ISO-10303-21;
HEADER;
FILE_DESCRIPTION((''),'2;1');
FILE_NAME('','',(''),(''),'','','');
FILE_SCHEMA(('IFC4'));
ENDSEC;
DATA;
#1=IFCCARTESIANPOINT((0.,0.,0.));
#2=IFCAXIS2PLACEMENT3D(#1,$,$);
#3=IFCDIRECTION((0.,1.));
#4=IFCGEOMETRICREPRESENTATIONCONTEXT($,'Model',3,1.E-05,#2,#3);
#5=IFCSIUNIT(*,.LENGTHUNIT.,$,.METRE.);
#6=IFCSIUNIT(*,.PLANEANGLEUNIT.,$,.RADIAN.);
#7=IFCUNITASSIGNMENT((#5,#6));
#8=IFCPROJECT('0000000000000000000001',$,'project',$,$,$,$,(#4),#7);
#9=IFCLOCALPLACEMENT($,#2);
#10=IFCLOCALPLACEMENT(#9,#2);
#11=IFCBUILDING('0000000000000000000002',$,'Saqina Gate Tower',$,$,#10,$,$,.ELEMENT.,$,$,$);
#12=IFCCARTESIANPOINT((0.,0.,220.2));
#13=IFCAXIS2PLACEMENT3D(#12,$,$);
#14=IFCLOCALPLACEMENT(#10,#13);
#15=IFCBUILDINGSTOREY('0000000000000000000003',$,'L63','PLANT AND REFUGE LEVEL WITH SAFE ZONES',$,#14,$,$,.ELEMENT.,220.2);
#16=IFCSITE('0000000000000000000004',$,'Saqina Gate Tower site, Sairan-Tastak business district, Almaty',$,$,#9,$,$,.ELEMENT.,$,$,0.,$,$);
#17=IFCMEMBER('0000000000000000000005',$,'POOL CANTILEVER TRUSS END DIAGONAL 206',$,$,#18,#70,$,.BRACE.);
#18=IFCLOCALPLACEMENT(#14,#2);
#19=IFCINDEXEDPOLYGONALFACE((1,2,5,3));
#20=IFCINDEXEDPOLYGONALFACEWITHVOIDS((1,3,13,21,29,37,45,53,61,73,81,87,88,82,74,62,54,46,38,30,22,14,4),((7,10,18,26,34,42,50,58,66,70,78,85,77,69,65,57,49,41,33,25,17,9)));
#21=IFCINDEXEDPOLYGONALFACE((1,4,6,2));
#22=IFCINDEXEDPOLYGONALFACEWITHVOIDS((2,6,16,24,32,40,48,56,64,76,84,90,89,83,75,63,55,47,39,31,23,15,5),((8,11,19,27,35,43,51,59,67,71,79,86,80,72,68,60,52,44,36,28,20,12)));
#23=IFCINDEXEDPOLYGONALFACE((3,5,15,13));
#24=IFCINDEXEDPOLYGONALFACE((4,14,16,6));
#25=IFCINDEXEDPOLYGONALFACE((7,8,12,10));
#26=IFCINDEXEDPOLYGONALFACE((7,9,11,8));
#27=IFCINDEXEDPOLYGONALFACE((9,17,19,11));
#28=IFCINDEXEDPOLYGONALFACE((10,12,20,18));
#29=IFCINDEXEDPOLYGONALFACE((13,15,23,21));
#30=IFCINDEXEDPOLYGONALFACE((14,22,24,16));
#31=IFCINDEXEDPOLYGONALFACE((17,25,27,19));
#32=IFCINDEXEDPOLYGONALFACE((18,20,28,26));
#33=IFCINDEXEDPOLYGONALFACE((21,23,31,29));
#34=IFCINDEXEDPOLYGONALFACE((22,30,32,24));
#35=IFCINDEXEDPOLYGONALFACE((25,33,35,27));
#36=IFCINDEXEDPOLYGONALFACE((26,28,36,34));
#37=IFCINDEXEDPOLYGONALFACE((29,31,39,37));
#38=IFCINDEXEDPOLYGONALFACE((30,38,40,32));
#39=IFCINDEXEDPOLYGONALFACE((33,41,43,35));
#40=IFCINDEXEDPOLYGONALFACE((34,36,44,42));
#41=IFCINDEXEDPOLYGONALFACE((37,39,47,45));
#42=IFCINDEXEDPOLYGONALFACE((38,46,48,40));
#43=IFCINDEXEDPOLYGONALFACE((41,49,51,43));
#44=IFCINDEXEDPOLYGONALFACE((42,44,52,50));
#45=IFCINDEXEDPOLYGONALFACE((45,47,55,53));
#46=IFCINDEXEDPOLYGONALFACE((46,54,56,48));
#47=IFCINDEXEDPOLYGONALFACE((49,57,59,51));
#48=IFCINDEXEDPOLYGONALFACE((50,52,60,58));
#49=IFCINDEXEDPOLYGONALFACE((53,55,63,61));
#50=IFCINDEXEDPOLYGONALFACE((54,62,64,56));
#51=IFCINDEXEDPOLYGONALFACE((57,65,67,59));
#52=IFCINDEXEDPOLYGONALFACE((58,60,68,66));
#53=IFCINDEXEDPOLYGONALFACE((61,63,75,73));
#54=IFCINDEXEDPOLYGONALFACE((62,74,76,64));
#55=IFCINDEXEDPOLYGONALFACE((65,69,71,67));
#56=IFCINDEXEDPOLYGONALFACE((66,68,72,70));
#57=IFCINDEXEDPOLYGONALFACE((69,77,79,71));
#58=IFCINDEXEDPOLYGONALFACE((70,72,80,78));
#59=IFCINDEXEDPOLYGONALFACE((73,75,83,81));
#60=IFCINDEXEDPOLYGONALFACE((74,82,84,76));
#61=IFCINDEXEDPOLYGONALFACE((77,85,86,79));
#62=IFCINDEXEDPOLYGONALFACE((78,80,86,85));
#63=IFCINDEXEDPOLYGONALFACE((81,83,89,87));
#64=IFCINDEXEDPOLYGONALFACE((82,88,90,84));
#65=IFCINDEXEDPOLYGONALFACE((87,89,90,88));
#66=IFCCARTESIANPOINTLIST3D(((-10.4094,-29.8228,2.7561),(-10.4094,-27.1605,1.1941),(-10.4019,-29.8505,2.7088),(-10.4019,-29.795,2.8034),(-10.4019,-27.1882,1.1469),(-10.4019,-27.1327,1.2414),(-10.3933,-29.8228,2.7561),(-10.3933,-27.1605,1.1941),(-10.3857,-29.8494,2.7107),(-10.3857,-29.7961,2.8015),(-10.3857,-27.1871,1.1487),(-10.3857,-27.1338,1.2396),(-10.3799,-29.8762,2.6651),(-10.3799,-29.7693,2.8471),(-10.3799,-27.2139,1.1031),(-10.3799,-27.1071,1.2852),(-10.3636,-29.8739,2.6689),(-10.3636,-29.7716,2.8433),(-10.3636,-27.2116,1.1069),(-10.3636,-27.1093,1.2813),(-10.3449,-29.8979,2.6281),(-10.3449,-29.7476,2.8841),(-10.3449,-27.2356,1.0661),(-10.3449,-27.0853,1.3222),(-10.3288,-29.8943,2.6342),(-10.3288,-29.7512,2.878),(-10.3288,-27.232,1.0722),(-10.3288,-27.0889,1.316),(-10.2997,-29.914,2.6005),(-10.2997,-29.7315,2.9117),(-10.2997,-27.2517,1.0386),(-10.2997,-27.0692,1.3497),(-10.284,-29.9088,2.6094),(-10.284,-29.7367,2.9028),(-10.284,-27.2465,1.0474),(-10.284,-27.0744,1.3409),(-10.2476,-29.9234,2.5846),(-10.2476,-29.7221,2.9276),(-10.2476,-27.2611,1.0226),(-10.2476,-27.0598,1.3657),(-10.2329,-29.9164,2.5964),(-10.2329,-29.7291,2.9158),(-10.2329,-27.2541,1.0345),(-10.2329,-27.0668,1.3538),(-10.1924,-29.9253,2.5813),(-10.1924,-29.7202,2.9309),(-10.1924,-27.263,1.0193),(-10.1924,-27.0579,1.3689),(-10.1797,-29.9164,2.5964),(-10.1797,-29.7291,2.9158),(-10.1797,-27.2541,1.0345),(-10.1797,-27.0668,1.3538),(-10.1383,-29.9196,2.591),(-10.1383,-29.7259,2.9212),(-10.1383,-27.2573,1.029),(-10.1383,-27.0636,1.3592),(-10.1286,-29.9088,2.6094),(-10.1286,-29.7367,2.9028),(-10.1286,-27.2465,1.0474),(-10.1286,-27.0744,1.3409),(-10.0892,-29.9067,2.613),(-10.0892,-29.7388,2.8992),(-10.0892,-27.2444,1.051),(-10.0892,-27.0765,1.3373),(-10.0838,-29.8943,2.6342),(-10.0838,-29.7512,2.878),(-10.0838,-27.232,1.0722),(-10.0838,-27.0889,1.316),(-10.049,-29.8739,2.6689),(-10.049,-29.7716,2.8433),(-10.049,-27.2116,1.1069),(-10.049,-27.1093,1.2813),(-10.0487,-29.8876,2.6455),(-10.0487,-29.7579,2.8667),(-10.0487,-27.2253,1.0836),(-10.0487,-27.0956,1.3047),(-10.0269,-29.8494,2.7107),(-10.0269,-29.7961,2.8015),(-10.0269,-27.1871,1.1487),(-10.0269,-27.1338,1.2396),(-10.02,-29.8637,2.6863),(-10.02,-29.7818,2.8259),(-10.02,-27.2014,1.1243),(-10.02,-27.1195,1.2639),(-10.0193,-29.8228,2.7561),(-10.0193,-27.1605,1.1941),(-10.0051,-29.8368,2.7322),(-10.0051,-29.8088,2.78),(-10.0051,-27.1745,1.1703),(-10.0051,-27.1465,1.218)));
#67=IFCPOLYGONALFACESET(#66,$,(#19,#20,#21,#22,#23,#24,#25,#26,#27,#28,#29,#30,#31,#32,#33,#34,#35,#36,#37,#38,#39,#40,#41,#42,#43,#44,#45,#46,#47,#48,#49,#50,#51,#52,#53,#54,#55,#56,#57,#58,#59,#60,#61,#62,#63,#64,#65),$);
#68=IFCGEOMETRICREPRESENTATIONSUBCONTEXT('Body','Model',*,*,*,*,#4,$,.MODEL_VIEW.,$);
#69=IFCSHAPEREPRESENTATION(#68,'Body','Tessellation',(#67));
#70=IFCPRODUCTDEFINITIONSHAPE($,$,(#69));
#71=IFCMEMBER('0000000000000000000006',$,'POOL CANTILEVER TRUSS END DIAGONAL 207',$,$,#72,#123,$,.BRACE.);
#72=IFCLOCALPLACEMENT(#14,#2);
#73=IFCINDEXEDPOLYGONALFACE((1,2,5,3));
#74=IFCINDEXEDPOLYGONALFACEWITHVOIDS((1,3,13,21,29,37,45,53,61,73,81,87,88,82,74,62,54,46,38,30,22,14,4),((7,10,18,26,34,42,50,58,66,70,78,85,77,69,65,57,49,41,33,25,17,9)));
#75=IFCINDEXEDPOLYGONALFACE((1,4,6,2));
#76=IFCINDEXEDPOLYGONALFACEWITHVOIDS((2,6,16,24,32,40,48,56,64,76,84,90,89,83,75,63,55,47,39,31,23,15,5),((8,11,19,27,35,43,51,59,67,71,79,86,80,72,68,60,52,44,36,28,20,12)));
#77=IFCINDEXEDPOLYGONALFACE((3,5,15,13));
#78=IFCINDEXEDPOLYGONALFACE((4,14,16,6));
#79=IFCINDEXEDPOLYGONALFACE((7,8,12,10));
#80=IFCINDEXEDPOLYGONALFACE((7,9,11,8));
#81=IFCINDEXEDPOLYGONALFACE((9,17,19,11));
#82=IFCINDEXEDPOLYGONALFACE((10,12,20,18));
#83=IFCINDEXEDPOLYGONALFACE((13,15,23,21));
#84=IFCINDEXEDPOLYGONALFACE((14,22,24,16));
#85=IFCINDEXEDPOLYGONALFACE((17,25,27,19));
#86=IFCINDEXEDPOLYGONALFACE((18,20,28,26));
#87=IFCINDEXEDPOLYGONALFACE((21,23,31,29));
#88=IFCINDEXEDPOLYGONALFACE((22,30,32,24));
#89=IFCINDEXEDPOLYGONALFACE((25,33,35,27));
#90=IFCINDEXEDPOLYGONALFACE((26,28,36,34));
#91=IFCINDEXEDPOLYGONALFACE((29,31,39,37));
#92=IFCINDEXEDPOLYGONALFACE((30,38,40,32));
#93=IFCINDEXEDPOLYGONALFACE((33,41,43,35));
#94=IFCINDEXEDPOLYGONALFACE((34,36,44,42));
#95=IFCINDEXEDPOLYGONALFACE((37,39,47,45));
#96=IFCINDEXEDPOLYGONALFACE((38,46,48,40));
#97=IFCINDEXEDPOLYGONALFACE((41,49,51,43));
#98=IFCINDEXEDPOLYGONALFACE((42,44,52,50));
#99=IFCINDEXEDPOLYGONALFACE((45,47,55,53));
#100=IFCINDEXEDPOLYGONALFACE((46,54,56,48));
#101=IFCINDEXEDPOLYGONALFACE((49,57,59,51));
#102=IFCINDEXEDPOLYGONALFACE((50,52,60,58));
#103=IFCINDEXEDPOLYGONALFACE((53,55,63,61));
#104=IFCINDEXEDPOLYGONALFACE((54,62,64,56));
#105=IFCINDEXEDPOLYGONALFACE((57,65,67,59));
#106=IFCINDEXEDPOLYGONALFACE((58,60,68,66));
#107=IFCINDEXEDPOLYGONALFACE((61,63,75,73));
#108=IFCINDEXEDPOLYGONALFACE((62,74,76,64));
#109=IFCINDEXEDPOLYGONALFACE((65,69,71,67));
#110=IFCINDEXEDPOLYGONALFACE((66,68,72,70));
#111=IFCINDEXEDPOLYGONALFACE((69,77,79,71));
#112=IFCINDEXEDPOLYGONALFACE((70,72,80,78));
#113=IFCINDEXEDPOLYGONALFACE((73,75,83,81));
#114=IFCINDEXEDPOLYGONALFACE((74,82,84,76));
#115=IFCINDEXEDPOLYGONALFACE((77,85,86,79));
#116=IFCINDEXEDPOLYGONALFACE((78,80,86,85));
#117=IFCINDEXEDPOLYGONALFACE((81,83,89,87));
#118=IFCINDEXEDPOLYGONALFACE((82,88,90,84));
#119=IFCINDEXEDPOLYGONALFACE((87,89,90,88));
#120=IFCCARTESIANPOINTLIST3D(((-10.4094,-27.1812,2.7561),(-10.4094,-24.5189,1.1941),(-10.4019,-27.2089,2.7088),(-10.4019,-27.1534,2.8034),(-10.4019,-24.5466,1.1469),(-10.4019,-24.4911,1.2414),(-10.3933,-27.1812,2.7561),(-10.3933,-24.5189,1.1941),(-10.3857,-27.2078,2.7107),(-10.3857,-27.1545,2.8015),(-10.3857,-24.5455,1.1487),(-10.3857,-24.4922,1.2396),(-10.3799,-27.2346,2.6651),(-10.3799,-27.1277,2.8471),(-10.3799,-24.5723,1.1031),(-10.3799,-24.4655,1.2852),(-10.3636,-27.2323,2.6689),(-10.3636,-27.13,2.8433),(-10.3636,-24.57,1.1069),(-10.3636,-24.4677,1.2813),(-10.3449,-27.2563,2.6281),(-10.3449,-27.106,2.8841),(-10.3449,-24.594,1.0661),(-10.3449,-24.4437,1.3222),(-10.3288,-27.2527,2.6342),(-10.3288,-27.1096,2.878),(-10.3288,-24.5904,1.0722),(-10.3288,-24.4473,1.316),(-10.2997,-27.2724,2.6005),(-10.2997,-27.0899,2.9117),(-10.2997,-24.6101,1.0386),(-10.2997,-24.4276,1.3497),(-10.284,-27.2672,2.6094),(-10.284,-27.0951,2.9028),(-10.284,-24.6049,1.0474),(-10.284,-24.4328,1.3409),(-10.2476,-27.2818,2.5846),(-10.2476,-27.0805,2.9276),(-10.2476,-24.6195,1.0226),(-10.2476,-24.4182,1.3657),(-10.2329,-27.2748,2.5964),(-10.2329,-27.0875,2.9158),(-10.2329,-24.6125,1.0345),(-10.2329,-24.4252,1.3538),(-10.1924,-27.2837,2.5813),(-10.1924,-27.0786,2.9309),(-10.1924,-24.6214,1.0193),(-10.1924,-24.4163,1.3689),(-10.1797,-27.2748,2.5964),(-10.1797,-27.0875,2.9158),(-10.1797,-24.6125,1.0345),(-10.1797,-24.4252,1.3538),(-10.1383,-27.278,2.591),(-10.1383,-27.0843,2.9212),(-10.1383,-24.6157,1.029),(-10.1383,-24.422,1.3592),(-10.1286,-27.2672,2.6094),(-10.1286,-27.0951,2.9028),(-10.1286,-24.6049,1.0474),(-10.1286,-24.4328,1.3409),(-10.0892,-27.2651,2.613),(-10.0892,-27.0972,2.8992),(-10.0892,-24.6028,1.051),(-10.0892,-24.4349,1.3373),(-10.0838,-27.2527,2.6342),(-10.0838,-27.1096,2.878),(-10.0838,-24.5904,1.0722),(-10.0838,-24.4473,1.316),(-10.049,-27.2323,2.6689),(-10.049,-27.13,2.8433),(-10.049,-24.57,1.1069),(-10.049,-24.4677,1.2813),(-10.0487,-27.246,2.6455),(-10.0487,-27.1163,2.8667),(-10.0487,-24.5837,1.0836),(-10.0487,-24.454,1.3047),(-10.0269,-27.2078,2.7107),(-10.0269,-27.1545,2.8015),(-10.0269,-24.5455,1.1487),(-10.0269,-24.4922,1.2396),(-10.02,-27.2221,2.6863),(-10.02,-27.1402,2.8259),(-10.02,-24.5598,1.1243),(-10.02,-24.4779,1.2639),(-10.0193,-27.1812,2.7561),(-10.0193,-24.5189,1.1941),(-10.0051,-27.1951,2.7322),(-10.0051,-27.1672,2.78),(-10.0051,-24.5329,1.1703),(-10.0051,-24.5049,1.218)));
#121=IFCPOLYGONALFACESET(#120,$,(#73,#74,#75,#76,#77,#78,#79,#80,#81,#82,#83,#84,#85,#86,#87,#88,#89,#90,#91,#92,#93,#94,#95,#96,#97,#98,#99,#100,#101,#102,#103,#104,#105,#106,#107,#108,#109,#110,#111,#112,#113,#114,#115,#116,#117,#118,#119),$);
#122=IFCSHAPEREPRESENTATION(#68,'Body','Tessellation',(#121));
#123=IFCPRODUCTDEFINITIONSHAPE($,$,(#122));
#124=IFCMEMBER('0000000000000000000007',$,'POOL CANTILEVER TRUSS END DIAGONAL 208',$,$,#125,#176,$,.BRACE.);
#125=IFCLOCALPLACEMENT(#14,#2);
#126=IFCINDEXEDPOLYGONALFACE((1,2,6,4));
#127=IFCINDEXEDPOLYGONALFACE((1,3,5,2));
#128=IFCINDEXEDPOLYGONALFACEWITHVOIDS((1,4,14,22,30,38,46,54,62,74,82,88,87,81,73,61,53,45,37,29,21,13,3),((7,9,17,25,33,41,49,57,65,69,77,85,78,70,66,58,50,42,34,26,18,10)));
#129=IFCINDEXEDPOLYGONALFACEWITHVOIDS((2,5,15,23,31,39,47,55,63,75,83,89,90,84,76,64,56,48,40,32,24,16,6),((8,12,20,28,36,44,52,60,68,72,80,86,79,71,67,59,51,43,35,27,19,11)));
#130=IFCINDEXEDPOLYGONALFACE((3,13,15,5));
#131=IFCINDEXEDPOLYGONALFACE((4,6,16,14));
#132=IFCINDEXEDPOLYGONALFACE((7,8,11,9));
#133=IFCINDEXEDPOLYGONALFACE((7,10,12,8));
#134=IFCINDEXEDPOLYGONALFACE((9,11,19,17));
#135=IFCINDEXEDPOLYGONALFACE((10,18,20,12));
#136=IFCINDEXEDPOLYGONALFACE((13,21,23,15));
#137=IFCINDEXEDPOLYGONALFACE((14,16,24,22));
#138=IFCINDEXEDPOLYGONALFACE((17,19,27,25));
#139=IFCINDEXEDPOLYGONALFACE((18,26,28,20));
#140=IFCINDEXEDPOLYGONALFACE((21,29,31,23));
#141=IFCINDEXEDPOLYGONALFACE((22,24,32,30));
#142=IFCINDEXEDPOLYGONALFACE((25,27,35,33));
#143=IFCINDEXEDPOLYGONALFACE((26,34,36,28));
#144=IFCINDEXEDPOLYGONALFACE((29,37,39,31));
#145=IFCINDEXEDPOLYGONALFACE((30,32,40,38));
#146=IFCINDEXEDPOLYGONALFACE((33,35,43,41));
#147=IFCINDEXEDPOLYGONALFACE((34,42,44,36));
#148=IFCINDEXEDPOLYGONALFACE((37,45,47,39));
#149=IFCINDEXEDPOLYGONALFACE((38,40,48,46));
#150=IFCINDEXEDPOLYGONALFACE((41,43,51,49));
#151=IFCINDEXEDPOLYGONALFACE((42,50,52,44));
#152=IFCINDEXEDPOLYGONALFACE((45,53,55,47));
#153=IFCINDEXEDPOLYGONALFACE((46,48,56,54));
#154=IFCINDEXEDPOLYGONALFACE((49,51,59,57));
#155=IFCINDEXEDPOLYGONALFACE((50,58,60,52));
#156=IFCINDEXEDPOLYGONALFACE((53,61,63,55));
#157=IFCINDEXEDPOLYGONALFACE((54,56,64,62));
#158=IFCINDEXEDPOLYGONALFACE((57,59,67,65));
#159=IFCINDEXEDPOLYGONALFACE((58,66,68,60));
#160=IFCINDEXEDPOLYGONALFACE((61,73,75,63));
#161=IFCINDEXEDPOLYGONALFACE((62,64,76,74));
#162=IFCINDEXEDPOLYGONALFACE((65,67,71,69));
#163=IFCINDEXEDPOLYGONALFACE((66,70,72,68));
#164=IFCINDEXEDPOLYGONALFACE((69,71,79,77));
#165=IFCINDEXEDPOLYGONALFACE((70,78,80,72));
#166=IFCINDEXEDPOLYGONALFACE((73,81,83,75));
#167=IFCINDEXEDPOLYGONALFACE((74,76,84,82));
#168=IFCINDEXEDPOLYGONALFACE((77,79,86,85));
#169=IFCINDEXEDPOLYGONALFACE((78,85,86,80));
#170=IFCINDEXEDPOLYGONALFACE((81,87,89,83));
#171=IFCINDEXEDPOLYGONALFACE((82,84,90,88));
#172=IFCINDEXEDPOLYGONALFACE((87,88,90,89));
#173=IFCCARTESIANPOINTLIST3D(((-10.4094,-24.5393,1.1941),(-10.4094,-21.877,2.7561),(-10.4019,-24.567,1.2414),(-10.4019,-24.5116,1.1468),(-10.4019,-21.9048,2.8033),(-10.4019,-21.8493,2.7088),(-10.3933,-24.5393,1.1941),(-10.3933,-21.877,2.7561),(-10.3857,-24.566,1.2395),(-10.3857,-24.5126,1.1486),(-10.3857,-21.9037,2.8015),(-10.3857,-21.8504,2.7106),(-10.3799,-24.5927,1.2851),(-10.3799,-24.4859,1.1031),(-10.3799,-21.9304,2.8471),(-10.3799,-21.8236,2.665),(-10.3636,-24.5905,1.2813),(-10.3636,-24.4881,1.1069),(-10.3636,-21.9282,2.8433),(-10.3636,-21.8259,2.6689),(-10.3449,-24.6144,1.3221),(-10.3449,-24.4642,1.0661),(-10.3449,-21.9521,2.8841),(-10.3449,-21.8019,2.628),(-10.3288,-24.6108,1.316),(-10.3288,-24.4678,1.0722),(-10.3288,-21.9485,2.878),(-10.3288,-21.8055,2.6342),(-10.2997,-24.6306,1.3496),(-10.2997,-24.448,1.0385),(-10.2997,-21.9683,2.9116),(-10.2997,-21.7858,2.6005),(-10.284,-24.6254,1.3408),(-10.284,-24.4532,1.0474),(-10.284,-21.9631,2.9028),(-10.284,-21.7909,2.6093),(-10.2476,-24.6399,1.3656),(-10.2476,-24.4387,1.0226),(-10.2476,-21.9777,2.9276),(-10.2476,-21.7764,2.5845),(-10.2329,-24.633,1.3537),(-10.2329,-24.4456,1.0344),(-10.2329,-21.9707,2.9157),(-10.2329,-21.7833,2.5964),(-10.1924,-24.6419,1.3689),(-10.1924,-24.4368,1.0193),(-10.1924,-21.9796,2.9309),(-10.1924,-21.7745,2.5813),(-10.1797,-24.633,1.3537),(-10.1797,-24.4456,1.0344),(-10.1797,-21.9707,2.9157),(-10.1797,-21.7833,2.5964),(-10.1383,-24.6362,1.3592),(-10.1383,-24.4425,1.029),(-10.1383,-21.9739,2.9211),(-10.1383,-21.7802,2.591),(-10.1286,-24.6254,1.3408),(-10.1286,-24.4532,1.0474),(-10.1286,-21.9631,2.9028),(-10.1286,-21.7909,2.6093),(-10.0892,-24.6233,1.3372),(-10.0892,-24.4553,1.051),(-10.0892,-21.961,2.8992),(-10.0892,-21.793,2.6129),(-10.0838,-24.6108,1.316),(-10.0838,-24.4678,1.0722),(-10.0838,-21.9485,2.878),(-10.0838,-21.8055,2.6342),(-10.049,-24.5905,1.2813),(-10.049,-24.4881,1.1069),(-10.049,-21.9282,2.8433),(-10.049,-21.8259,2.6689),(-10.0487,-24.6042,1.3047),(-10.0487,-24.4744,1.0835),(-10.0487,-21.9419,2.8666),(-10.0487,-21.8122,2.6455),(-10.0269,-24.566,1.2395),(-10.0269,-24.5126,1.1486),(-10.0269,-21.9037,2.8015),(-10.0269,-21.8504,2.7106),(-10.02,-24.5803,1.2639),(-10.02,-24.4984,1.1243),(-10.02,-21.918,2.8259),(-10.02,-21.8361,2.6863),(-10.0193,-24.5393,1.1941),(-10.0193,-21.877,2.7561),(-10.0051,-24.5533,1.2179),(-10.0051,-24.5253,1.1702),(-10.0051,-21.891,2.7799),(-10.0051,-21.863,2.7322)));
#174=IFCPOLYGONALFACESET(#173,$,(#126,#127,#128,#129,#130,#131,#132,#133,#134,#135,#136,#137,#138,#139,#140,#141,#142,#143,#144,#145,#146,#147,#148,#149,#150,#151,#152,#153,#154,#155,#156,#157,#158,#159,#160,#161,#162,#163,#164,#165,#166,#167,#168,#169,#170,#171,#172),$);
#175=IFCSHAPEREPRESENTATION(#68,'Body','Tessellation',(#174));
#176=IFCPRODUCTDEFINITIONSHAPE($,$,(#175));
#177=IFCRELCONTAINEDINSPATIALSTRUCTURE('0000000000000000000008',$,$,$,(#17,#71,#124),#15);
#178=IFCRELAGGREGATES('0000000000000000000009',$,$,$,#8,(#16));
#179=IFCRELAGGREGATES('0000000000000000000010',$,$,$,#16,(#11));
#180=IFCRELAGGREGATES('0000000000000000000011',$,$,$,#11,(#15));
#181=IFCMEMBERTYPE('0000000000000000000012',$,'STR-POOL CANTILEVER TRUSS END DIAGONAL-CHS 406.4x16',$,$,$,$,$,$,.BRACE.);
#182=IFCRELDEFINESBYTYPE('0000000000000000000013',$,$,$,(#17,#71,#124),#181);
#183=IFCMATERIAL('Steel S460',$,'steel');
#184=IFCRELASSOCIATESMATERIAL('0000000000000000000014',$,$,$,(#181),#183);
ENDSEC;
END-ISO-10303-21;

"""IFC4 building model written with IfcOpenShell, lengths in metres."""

from ifc_helpers import new_model, si_unit, direction, frame, origin, origin_2d, place, context, subcontext, project, spatial, hollow_circle, extrude, material, material_profile, profile_set, type_object, element, save


model = new_model("IFC4")

# Units and contexts
model_context = context("Model", 3, precision=1e-05, world=origin(), true_north=direction((0.0, 1.0)))
body_context = subcontext(model_context, "Body", "Model", "MODEL_VIEW")
ifc_project = project(units=[si_unit("LENGTHUNIT", "METRE"), si_unit("PLANEANGLEUNIT", "RADIAN")], contexts=[model_context])

# Site, building, storey
site_placement = place(None, origin())
site = spatial("IfcSite", under=ifc_project, at=site_placement, Name="Saqina Gate Tower site, Sairan-Tastak business district, Almaty", CompositionType="ELEMENT", RefElevation=0.0)
building_placement = place(site_placement, origin())
building = spatial("IfcBuilding", under=site, at=building_placement, Name="Saqina Gate Tower", CompositionType="ELEMENT")
storey_placement = place(building_placement, frame((0.0, 0.0, 220.2)))
storey = spatial("IfcBuildingStorey", under=building, at=storey_placement, Name="L63", Description="PLANT AND REFUGE LEVEL WITH SAFE ZONES", CompositionType="ELEMENT", Elevation=220.2)

# Members
ifc_material_1 = material(Name="Steel S460", Category="steel")
ifc_material_profile_1 = material_profile(ifc_material_1, hollow_circle(Radius=0.2031, WallThickness=0.0161, at=origin_2d()), Name="CHS 406.4x16")
ifc_profile_set_1 = profile_set([ifc_material_profile_1], Name="Steel S460")
member_type_1 = type_object("IfcMemberType", Name="STR-POOL CANTILEVER TRUSS END DIAGONAL-CHS 406.4x16", PredefinedType="BRACE", material=ifc_profile_set_1)
for number, where, z_axis, x_axis, name in (
    (1, (-10.2063, -29.8228, 2.7561), (0.0, 0.862511, -0.506038), (-1.0, 0.0, 0.0), "POOL CANTILEVER TRUSS END DIAGONAL 206"),
    (2, (-10.2063, -27.1812, 2.7561), (0.0, 0.862511, -0.506038), (-1.0, 0.0, 0.0), "POOL CANTILEVER TRUSS END DIAGONAL 207"),
    (3, (-10.2063, -24.5393, 1.1941), (0.0, 0.862511, 0.506038), (-1.0, 0.0, 0.0), "POOL CANTILEVER TRUSS END DIAGONAL 208"),
):
    element("IfcMember", number, at=place(storey_placement, frame(where, z_axis=z_axis, x_axis=x_axis)), inside=storey, type_object=member_type_1, Name=name, PredefinedType="BRACE", context=body_context, shape_type="SweptSolid", body=[
        extrude(hollow_circle(Radius=0.2031, WallThickness=0.0161, at=origin_2d()), origin(), (0.0, 0.0, 1.0), 3.0867),
    ])

save(model, "model.ifc")
